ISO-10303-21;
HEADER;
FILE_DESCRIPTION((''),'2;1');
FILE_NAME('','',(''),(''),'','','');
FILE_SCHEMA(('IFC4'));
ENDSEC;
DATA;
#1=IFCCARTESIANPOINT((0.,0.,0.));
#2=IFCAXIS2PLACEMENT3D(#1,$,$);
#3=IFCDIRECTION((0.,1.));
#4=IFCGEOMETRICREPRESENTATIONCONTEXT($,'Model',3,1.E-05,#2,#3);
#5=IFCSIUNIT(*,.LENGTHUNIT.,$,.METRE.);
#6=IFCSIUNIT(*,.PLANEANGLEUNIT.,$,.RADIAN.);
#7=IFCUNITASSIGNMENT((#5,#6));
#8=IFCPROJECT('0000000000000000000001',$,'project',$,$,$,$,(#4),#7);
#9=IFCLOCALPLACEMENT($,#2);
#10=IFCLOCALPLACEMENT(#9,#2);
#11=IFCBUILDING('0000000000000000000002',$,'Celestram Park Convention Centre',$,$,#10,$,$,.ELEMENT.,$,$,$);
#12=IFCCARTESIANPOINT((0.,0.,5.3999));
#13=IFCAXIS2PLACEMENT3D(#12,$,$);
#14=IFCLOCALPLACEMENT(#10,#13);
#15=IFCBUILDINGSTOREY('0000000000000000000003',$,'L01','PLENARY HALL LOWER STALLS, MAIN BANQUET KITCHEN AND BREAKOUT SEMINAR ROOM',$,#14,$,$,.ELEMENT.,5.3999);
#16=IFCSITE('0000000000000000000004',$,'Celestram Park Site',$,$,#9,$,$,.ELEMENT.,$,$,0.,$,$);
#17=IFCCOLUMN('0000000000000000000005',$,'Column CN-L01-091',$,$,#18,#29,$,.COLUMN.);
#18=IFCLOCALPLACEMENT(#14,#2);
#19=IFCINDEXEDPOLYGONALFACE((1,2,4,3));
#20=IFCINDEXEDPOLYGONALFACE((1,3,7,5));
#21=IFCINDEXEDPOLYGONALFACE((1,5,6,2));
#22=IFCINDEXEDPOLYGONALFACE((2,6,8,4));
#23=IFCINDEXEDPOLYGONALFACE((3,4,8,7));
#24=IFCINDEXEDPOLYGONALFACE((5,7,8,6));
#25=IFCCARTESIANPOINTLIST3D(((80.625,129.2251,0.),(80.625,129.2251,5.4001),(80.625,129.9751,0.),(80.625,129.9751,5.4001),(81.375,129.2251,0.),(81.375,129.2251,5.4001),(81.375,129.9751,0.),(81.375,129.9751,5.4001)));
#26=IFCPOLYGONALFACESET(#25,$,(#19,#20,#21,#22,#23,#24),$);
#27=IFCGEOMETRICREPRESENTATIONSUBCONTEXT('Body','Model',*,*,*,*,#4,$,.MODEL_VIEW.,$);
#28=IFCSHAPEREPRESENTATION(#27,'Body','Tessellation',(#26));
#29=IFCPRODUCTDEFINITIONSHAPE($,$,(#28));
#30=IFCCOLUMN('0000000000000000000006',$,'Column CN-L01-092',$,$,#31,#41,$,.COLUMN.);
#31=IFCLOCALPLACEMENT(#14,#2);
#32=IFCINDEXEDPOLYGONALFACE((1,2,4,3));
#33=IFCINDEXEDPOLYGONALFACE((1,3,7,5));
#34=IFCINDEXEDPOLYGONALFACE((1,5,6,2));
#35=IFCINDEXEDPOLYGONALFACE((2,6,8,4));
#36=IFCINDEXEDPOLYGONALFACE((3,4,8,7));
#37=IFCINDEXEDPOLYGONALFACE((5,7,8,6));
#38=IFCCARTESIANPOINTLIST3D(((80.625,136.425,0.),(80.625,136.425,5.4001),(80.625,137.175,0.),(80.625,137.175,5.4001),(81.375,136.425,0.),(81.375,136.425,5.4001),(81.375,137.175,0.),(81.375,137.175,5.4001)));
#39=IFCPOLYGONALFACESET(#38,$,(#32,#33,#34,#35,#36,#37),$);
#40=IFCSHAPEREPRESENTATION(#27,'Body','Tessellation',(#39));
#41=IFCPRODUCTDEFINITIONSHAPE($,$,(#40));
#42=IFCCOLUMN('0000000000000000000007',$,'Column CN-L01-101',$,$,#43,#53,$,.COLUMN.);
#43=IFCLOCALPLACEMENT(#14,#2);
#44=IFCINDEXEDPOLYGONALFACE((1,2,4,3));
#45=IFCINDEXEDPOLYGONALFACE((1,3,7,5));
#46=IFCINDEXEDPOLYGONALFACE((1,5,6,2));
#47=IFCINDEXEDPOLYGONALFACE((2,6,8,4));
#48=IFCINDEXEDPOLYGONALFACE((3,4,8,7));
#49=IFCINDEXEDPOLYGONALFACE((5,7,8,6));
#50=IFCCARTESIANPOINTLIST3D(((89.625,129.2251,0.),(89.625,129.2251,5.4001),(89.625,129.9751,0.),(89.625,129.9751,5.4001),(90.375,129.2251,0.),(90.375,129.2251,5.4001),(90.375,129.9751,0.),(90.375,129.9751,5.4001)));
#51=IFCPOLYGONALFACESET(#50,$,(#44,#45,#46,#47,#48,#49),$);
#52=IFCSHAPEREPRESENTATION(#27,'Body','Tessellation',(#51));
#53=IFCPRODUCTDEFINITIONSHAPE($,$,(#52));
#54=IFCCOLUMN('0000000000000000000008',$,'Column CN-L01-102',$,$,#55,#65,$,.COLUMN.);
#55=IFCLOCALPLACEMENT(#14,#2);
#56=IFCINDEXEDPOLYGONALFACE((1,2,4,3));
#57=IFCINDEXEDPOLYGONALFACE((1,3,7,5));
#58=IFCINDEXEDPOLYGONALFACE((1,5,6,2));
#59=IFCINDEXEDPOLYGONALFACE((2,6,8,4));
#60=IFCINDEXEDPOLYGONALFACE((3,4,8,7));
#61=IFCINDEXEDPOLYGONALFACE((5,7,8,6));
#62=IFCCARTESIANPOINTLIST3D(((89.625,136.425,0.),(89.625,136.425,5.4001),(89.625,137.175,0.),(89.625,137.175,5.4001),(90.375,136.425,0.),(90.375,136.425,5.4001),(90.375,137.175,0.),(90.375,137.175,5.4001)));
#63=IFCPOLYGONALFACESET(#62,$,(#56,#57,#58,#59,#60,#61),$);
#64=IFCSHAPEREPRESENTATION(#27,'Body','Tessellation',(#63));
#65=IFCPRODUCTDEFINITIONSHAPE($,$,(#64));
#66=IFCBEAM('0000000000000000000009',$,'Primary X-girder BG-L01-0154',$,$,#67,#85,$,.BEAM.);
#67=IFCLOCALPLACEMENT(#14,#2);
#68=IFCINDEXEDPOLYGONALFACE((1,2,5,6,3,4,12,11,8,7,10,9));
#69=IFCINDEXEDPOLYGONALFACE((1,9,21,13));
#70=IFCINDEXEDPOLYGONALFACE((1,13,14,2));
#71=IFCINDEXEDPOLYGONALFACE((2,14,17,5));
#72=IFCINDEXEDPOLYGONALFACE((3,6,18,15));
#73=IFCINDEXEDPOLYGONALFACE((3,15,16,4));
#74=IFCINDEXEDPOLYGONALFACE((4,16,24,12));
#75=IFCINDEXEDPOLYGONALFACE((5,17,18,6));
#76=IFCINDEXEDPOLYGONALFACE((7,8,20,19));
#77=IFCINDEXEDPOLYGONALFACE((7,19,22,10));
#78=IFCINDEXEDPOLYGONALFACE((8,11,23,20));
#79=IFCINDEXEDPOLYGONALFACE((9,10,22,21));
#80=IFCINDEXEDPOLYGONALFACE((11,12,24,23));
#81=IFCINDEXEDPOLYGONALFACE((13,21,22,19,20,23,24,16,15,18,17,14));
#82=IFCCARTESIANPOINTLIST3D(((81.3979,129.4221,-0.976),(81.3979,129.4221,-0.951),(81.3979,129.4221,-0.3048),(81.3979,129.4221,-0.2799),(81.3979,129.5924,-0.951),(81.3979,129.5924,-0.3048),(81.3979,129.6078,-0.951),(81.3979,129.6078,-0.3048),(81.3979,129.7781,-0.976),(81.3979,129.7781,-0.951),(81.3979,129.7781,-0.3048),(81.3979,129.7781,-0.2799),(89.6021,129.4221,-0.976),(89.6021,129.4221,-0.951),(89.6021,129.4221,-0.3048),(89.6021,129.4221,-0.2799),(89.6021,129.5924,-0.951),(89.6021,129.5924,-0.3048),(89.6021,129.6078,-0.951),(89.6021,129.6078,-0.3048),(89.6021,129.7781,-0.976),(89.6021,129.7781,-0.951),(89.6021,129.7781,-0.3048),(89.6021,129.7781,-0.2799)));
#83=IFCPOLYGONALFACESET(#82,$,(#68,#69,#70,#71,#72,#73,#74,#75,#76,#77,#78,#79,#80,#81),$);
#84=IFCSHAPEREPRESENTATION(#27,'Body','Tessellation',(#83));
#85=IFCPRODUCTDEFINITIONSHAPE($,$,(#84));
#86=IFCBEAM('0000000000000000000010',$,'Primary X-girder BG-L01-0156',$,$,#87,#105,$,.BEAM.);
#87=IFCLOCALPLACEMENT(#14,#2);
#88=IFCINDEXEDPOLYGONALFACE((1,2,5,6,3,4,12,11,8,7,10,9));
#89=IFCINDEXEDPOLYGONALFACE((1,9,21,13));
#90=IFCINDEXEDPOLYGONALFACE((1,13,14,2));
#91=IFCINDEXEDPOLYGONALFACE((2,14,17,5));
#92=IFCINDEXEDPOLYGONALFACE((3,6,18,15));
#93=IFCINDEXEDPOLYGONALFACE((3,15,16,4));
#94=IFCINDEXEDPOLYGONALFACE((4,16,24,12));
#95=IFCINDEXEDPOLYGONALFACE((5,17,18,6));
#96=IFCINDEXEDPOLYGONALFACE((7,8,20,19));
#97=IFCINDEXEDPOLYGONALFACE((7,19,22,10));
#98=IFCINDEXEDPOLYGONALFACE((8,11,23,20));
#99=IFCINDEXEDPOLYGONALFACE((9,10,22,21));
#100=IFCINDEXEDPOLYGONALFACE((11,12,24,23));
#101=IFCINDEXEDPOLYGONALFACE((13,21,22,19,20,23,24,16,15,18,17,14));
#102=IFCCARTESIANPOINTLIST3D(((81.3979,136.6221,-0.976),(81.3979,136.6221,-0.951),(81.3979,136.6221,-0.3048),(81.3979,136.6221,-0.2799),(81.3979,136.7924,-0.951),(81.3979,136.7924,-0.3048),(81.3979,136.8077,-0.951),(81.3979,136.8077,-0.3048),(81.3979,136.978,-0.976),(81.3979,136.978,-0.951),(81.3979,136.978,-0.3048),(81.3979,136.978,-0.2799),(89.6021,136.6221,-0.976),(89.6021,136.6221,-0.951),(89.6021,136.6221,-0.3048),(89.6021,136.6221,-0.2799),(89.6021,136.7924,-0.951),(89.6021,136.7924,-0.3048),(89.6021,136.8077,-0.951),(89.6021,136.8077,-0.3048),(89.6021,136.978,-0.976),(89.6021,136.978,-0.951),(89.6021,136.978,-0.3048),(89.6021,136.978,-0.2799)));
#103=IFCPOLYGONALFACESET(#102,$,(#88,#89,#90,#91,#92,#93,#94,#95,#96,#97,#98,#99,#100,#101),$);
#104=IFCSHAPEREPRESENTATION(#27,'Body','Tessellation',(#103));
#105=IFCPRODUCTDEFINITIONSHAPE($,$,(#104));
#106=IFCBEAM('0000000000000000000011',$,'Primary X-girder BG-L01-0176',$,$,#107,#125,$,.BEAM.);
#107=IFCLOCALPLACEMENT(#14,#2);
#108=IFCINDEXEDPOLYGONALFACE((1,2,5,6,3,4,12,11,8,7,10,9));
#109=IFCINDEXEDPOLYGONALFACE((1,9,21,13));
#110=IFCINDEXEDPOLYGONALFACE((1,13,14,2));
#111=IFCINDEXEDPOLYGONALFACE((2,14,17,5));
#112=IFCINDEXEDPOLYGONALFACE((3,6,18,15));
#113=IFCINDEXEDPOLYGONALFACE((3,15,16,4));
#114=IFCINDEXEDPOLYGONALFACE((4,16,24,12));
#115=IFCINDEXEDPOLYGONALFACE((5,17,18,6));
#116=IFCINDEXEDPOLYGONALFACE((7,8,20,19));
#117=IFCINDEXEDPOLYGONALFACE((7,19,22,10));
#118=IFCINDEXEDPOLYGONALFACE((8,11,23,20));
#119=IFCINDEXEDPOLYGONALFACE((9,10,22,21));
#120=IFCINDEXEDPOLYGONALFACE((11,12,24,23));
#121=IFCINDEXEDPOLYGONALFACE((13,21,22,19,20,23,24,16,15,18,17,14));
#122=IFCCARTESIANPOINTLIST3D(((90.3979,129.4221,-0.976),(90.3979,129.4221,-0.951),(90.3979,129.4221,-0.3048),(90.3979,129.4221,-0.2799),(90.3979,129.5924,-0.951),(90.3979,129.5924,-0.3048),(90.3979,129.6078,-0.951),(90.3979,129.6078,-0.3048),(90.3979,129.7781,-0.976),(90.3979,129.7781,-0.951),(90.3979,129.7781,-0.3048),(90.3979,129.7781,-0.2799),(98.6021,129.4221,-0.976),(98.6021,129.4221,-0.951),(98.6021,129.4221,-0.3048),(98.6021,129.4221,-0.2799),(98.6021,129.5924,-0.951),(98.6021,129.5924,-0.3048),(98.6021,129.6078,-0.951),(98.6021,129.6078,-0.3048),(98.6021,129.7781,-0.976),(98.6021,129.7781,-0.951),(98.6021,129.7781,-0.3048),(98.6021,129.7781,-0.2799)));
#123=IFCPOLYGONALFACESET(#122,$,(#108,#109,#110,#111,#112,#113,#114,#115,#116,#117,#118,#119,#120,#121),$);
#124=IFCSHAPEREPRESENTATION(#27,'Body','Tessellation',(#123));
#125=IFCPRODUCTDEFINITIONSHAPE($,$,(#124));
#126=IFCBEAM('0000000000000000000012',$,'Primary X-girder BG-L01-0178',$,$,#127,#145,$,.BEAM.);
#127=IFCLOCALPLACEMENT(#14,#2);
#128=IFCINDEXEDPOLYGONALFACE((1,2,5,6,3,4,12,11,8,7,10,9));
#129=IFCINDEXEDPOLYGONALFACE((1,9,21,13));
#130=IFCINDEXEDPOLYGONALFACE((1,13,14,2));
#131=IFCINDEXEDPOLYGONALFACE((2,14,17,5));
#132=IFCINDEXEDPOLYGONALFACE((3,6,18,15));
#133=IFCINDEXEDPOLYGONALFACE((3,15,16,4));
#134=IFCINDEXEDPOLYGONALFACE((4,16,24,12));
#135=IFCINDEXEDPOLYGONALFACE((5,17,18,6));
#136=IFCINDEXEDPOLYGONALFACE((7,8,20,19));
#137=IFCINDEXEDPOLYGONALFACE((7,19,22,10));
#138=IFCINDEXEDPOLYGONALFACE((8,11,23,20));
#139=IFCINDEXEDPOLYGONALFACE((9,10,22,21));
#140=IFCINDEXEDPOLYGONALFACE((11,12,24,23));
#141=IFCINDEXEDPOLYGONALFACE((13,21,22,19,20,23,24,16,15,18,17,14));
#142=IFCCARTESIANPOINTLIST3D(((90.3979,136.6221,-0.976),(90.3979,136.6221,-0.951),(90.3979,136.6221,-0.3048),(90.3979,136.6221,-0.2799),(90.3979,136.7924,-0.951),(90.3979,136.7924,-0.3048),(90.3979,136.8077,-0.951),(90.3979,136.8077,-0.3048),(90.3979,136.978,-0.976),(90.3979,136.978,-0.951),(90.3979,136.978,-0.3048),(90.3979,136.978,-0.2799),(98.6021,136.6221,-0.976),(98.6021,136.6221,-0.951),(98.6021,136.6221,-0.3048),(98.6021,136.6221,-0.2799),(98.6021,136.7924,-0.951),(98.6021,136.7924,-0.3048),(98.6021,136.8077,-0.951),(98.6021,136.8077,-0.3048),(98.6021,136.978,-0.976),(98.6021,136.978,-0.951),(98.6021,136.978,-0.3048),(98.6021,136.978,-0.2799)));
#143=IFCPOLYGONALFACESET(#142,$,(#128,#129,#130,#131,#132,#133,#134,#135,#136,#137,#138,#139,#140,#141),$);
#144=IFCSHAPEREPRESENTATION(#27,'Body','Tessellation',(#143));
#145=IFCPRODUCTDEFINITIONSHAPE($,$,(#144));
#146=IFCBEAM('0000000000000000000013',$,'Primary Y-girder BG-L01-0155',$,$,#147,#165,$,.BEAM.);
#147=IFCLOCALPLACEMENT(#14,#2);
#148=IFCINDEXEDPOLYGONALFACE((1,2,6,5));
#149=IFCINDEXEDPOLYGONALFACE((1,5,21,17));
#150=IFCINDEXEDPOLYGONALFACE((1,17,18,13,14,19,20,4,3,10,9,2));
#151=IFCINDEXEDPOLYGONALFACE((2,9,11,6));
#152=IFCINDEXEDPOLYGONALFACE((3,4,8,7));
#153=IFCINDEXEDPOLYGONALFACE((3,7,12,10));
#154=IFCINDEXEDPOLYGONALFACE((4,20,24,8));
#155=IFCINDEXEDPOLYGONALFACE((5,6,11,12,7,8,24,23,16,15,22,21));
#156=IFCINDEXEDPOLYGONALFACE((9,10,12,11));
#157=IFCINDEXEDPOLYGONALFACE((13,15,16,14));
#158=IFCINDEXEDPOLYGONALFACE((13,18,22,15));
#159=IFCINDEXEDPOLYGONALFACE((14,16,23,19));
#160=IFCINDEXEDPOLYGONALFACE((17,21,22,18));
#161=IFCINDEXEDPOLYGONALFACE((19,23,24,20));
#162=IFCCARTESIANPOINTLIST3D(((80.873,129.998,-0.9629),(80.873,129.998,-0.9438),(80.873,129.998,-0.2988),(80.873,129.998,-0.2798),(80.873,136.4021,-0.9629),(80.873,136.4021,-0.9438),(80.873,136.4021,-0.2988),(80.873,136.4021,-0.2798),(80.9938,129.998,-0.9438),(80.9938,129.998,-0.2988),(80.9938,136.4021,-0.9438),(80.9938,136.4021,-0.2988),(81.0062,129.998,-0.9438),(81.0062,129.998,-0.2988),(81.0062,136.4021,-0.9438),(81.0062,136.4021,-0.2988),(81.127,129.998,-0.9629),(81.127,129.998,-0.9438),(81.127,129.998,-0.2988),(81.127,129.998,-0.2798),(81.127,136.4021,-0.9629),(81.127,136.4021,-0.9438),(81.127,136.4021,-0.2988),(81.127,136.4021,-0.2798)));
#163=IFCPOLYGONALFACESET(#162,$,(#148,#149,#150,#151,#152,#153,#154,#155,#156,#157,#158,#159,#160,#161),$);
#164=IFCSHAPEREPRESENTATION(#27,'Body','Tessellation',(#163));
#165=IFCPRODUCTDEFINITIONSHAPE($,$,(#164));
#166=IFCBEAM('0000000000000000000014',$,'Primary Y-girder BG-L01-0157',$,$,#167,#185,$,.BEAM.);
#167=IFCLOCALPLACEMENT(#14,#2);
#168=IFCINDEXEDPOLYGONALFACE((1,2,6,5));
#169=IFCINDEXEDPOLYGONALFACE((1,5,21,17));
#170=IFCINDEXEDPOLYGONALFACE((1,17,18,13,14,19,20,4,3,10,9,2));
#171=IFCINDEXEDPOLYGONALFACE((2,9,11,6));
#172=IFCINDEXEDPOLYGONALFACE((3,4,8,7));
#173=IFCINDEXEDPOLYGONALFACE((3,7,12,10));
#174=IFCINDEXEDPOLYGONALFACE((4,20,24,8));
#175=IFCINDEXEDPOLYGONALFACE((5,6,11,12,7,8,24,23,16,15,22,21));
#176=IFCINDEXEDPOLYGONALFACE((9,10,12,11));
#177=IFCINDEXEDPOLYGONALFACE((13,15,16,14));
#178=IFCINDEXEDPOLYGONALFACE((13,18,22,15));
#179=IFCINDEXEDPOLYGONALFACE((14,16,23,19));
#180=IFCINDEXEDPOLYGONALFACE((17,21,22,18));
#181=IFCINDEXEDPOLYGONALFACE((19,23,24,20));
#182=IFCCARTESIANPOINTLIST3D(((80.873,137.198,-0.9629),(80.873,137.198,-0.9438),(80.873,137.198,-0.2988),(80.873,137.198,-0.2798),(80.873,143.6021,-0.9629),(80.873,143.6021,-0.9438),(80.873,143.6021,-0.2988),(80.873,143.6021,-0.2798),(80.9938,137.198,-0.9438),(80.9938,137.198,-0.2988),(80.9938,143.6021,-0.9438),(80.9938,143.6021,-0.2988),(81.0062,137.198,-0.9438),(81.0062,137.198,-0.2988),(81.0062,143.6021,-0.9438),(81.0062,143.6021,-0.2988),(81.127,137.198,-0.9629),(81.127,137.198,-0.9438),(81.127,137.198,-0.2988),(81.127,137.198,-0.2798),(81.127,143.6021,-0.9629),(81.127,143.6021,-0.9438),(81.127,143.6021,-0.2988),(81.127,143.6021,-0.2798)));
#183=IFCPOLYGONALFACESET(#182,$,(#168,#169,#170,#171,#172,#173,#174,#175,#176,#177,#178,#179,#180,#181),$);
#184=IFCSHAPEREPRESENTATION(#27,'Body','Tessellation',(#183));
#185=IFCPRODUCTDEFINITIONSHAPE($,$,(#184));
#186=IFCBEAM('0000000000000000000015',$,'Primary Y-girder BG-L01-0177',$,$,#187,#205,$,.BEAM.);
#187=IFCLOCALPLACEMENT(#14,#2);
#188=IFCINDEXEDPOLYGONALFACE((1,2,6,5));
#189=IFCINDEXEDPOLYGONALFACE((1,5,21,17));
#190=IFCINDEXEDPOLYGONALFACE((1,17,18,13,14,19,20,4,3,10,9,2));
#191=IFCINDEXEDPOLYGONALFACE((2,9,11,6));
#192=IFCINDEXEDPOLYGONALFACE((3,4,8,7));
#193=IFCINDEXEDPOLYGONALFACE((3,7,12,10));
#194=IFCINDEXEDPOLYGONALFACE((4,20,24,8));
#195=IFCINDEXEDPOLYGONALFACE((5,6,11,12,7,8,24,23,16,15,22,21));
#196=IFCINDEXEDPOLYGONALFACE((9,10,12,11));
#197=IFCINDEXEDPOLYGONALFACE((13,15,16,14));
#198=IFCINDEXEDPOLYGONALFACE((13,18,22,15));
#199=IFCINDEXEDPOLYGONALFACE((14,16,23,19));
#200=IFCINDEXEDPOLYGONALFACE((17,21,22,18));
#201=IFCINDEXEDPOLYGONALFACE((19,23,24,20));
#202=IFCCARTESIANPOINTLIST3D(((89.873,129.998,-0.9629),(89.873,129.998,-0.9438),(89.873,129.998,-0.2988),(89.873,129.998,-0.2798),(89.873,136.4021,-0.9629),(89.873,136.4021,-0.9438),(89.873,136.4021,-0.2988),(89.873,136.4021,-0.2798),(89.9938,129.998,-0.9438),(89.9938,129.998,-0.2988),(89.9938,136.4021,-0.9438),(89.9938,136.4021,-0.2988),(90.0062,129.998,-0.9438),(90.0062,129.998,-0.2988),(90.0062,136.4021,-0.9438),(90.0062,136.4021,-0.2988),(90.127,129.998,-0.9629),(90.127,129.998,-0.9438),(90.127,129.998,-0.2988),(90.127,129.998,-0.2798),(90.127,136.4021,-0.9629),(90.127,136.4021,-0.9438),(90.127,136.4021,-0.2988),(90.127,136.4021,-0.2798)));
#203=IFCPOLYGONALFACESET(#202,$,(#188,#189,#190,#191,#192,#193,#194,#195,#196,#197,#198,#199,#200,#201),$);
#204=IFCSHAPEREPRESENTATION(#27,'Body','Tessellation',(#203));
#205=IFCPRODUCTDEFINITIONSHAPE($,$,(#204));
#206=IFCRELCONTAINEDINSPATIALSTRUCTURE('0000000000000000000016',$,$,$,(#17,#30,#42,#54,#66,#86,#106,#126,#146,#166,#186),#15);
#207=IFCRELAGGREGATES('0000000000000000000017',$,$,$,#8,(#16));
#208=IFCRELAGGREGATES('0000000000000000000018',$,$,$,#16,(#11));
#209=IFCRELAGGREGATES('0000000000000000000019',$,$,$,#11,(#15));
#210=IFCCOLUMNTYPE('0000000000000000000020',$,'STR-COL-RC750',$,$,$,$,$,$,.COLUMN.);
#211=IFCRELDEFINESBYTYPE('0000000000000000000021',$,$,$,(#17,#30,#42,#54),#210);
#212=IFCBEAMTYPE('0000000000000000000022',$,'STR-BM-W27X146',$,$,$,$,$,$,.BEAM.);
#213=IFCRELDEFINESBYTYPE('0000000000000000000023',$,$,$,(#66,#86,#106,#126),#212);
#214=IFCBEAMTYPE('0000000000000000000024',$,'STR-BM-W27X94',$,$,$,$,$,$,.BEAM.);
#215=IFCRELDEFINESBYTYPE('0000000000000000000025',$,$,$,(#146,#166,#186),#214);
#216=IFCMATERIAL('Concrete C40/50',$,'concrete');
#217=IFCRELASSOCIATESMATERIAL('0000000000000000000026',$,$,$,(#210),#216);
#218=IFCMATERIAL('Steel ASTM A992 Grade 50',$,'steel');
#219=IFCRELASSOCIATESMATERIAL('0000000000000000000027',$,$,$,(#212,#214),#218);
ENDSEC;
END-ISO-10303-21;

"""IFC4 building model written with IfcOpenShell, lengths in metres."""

from ifc_helpers import new_model, si_unit, direction, frame, origin, origin_2d, place, context, subcontext, project, spatial, rectangle, i_section, extrude, material, material_profile, profile_set, type_object, element, save


model = new_model("IFC4")

# Units and contexts
model_context = context("Model", 3, precision=1e-05, world=origin(), true_north=direction((0.0, 1.0)))
body_context = subcontext(model_context, "Body", "Model", "MODEL_VIEW")
ifc_project = project(units=[si_unit("LENGTHUNIT", "METRE"), si_unit("PLANEANGLEUNIT", "RADIAN")], contexts=[model_context])

# Site, building, storey
site_placement = place(None, origin())
site = spatial("IfcSite", under=ifc_project, at=site_placement, Name="Celestram Park Site", CompositionType="ELEMENT", RefElevation=0.0)
building_placement = place(site_placement, origin())
building = spatial("IfcBuilding", under=site, at=building_placement, Name="Celestram Park Convention Centre", CompositionType="ELEMENT")
storey_placement = place(building_placement, frame((0.0, 0.0, 5.3999)))
storey = spatial("IfcBuildingStorey", under=building, at=storey_placement, Name="L01", Description="PLENARY HALL LOWER STALLS, MAIN BANQUET KITCHEN AND BREAKOUT SEMINAR ROOM", CompositionType="ELEMENT", Elevation=5.3999)

# Columns
ifc_material_1 = material(Name="Concrete C40/50", Category="concrete")
ifc_material_profile_1 = material_profile(ifc_material_1, rectangle(XDim=0.75, YDim=0.75, at=origin_2d()), Name="RC750X750")
ifc_profile_set_1 = profile_set([ifc_material_profile_1], Name="Concrete C40/50")
column_type = type_object("IfcColumnType", Name="STR-COL-RC750", PredefinedType="COLUMN", material=ifc_profile_set_1)
for number, where, z_axis, x_axis, name in (
    (1, (81.0, 129.6001, 0.0), (0.0, 0.0, 1.0), (1.0, 0.0, 0.0), "Column CN-L01-091"),
    (2, (81.0, 136.8, 0.0), (0.0, 0.0, 1.0), (1.0, 0.0, 0.0), "Column CN-L01-092"),
    (3, (90.0, 129.6001, 0.0), (0.0, 0.0, 1.0), (1.0, 0.0, 0.0), "Column CN-L01-101"),
    (4, (90.0, 136.8, 0.0), (0.0, 0.0, 1.0), (1.0, 0.0, 0.0), "Column CN-L01-102"),
):
    element("IfcColumn", number, at=place(storey_placement, frame(where, z_axis=z_axis, x_axis=x_axis)), inside=storey, type_object=column_type, Name=name, PredefinedType="COLUMN", context=body_context, shape_type="SweptSolid", body=[
        extrude(rectangle(XDim=0.75, YDim=0.75, at=origin_2d()), origin(), (0.0, 0.0, 1.0), 5.4001),
    ])

# Beams
ifc_material_2 = material(Name="Steel ASTM A992 Grade 50", Category="steel")
ifc_material_profile_2 = material_profile(ifc_material_2, i_section(OverallWidth=0.356, OverallDepth=0.696, WebThickness=0.0154, FlangeThickness=0.0249, at=origin_2d()), Name="W27X146")
ifc_profile_set_2 = profile_set([ifc_material_profile_2], Name="Steel ASTM A992 Grade 50")
beam_type_1 = type_object("IfcBeamType", Name="STR-BM-W27X146", PredefinedType="BEAM", material=ifc_profile_set_2)
for number, where, z_axis, x_axis, name in (
    (5, (81.3979, 129.6001, -0.6279), (1.0, 0.0, 0.0), (0.0, 1.0, 0.0), "Primary X-girder BG-L01-0154"),
    (6, (81.3979, 136.8, -0.6279), (1.0, 0.0, 0.0), (0.0, 1.0, 0.0), "Primary X-girder BG-L01-0156"),
    (7, (90.3979, 129.6001, -0.6279), (1.0, 0.0, 0.0), (0.0, 1.0, 0.0), "Primary X-girder BG-L01-0176"),
    (8, (90.3979, 136.8, -0.6279), (1.0, 0.0, 0.0), (0.0, 1.0, 0.0), "Primary X-girder BG-L01-0178"),
):
    element("IfcBeam", number, at=place(storey_placement, frame(where, z_axis=z_axis, x_axis=x_axis)), inside=storey, type_object=beam_type_1, Name=name, PredefinedType="BEAM", context=body_context, shape_type="SweptSolid", body=[
        extrude(i_section(OverallWidth=0.356, OverallDepth=0.696, WebThickness=0.0154, FlangeThickness=0.0249, at=origin_2d()), origin(), (0.0, 0.0, 1.0), 8.2041),
    ])
ifc_material_profile_3 = material_profile(ifc_material_2, i_section(OverallWidth=0.2539, OverallDepth=0.6831, WebThickness=0.0125, FlangeThickness=0.019, at=origin_2d()), Name="W27X94")
ifc_profile_set_3 = profile_set([ifc_material_profile_3], Name="Steel ASTM A992 Grade 50")
beam_type_2 = type_object("IfcBeamType", Name="STR-BM-W27X94", PredefinedType="BEAM", material=ifc_profile_set_3)
for number, where, z_axis, x_axis, name in (
    (9, (81.0, 129.998, -0.6213), (0.0, 1.0, 0.0), (-1.0, 0.0, 0.0), "Primary Y-girder BG-L01-0155"),
    (10, (81.0, 137.198, -0.6213), (0.0, 1.0, 0.0), (-1.0, 0.0, 0.0), "Primary Y-girder BG-L01-0157"),
    (11, (90.0, 129.998, -0.6213), (0.0, 1.0, 0.0), (-1.0, 0.0, 0.0), "Primary Y-girder BG-L01-0177"),
):
    element("IfcBeam", number, at=place(storey_placement, frame(where, z_axis=z_axis, x_axis=x_axis)), inside=storey, type_object=beam_type_2, Name=name, PredefinedType="BEAM", context=body_context, shape_type="SweptSolid", body=[
        extrude(i_section(OverallWidth=0.2539, OverallDepth=0.6831, WebThickness=0.0125, FlangeThickness=0.019, at=origin_2d()), origin(), (0.0, 0.0, 1.0), 6.4041),
    ])

save(model, "model.ifc")
